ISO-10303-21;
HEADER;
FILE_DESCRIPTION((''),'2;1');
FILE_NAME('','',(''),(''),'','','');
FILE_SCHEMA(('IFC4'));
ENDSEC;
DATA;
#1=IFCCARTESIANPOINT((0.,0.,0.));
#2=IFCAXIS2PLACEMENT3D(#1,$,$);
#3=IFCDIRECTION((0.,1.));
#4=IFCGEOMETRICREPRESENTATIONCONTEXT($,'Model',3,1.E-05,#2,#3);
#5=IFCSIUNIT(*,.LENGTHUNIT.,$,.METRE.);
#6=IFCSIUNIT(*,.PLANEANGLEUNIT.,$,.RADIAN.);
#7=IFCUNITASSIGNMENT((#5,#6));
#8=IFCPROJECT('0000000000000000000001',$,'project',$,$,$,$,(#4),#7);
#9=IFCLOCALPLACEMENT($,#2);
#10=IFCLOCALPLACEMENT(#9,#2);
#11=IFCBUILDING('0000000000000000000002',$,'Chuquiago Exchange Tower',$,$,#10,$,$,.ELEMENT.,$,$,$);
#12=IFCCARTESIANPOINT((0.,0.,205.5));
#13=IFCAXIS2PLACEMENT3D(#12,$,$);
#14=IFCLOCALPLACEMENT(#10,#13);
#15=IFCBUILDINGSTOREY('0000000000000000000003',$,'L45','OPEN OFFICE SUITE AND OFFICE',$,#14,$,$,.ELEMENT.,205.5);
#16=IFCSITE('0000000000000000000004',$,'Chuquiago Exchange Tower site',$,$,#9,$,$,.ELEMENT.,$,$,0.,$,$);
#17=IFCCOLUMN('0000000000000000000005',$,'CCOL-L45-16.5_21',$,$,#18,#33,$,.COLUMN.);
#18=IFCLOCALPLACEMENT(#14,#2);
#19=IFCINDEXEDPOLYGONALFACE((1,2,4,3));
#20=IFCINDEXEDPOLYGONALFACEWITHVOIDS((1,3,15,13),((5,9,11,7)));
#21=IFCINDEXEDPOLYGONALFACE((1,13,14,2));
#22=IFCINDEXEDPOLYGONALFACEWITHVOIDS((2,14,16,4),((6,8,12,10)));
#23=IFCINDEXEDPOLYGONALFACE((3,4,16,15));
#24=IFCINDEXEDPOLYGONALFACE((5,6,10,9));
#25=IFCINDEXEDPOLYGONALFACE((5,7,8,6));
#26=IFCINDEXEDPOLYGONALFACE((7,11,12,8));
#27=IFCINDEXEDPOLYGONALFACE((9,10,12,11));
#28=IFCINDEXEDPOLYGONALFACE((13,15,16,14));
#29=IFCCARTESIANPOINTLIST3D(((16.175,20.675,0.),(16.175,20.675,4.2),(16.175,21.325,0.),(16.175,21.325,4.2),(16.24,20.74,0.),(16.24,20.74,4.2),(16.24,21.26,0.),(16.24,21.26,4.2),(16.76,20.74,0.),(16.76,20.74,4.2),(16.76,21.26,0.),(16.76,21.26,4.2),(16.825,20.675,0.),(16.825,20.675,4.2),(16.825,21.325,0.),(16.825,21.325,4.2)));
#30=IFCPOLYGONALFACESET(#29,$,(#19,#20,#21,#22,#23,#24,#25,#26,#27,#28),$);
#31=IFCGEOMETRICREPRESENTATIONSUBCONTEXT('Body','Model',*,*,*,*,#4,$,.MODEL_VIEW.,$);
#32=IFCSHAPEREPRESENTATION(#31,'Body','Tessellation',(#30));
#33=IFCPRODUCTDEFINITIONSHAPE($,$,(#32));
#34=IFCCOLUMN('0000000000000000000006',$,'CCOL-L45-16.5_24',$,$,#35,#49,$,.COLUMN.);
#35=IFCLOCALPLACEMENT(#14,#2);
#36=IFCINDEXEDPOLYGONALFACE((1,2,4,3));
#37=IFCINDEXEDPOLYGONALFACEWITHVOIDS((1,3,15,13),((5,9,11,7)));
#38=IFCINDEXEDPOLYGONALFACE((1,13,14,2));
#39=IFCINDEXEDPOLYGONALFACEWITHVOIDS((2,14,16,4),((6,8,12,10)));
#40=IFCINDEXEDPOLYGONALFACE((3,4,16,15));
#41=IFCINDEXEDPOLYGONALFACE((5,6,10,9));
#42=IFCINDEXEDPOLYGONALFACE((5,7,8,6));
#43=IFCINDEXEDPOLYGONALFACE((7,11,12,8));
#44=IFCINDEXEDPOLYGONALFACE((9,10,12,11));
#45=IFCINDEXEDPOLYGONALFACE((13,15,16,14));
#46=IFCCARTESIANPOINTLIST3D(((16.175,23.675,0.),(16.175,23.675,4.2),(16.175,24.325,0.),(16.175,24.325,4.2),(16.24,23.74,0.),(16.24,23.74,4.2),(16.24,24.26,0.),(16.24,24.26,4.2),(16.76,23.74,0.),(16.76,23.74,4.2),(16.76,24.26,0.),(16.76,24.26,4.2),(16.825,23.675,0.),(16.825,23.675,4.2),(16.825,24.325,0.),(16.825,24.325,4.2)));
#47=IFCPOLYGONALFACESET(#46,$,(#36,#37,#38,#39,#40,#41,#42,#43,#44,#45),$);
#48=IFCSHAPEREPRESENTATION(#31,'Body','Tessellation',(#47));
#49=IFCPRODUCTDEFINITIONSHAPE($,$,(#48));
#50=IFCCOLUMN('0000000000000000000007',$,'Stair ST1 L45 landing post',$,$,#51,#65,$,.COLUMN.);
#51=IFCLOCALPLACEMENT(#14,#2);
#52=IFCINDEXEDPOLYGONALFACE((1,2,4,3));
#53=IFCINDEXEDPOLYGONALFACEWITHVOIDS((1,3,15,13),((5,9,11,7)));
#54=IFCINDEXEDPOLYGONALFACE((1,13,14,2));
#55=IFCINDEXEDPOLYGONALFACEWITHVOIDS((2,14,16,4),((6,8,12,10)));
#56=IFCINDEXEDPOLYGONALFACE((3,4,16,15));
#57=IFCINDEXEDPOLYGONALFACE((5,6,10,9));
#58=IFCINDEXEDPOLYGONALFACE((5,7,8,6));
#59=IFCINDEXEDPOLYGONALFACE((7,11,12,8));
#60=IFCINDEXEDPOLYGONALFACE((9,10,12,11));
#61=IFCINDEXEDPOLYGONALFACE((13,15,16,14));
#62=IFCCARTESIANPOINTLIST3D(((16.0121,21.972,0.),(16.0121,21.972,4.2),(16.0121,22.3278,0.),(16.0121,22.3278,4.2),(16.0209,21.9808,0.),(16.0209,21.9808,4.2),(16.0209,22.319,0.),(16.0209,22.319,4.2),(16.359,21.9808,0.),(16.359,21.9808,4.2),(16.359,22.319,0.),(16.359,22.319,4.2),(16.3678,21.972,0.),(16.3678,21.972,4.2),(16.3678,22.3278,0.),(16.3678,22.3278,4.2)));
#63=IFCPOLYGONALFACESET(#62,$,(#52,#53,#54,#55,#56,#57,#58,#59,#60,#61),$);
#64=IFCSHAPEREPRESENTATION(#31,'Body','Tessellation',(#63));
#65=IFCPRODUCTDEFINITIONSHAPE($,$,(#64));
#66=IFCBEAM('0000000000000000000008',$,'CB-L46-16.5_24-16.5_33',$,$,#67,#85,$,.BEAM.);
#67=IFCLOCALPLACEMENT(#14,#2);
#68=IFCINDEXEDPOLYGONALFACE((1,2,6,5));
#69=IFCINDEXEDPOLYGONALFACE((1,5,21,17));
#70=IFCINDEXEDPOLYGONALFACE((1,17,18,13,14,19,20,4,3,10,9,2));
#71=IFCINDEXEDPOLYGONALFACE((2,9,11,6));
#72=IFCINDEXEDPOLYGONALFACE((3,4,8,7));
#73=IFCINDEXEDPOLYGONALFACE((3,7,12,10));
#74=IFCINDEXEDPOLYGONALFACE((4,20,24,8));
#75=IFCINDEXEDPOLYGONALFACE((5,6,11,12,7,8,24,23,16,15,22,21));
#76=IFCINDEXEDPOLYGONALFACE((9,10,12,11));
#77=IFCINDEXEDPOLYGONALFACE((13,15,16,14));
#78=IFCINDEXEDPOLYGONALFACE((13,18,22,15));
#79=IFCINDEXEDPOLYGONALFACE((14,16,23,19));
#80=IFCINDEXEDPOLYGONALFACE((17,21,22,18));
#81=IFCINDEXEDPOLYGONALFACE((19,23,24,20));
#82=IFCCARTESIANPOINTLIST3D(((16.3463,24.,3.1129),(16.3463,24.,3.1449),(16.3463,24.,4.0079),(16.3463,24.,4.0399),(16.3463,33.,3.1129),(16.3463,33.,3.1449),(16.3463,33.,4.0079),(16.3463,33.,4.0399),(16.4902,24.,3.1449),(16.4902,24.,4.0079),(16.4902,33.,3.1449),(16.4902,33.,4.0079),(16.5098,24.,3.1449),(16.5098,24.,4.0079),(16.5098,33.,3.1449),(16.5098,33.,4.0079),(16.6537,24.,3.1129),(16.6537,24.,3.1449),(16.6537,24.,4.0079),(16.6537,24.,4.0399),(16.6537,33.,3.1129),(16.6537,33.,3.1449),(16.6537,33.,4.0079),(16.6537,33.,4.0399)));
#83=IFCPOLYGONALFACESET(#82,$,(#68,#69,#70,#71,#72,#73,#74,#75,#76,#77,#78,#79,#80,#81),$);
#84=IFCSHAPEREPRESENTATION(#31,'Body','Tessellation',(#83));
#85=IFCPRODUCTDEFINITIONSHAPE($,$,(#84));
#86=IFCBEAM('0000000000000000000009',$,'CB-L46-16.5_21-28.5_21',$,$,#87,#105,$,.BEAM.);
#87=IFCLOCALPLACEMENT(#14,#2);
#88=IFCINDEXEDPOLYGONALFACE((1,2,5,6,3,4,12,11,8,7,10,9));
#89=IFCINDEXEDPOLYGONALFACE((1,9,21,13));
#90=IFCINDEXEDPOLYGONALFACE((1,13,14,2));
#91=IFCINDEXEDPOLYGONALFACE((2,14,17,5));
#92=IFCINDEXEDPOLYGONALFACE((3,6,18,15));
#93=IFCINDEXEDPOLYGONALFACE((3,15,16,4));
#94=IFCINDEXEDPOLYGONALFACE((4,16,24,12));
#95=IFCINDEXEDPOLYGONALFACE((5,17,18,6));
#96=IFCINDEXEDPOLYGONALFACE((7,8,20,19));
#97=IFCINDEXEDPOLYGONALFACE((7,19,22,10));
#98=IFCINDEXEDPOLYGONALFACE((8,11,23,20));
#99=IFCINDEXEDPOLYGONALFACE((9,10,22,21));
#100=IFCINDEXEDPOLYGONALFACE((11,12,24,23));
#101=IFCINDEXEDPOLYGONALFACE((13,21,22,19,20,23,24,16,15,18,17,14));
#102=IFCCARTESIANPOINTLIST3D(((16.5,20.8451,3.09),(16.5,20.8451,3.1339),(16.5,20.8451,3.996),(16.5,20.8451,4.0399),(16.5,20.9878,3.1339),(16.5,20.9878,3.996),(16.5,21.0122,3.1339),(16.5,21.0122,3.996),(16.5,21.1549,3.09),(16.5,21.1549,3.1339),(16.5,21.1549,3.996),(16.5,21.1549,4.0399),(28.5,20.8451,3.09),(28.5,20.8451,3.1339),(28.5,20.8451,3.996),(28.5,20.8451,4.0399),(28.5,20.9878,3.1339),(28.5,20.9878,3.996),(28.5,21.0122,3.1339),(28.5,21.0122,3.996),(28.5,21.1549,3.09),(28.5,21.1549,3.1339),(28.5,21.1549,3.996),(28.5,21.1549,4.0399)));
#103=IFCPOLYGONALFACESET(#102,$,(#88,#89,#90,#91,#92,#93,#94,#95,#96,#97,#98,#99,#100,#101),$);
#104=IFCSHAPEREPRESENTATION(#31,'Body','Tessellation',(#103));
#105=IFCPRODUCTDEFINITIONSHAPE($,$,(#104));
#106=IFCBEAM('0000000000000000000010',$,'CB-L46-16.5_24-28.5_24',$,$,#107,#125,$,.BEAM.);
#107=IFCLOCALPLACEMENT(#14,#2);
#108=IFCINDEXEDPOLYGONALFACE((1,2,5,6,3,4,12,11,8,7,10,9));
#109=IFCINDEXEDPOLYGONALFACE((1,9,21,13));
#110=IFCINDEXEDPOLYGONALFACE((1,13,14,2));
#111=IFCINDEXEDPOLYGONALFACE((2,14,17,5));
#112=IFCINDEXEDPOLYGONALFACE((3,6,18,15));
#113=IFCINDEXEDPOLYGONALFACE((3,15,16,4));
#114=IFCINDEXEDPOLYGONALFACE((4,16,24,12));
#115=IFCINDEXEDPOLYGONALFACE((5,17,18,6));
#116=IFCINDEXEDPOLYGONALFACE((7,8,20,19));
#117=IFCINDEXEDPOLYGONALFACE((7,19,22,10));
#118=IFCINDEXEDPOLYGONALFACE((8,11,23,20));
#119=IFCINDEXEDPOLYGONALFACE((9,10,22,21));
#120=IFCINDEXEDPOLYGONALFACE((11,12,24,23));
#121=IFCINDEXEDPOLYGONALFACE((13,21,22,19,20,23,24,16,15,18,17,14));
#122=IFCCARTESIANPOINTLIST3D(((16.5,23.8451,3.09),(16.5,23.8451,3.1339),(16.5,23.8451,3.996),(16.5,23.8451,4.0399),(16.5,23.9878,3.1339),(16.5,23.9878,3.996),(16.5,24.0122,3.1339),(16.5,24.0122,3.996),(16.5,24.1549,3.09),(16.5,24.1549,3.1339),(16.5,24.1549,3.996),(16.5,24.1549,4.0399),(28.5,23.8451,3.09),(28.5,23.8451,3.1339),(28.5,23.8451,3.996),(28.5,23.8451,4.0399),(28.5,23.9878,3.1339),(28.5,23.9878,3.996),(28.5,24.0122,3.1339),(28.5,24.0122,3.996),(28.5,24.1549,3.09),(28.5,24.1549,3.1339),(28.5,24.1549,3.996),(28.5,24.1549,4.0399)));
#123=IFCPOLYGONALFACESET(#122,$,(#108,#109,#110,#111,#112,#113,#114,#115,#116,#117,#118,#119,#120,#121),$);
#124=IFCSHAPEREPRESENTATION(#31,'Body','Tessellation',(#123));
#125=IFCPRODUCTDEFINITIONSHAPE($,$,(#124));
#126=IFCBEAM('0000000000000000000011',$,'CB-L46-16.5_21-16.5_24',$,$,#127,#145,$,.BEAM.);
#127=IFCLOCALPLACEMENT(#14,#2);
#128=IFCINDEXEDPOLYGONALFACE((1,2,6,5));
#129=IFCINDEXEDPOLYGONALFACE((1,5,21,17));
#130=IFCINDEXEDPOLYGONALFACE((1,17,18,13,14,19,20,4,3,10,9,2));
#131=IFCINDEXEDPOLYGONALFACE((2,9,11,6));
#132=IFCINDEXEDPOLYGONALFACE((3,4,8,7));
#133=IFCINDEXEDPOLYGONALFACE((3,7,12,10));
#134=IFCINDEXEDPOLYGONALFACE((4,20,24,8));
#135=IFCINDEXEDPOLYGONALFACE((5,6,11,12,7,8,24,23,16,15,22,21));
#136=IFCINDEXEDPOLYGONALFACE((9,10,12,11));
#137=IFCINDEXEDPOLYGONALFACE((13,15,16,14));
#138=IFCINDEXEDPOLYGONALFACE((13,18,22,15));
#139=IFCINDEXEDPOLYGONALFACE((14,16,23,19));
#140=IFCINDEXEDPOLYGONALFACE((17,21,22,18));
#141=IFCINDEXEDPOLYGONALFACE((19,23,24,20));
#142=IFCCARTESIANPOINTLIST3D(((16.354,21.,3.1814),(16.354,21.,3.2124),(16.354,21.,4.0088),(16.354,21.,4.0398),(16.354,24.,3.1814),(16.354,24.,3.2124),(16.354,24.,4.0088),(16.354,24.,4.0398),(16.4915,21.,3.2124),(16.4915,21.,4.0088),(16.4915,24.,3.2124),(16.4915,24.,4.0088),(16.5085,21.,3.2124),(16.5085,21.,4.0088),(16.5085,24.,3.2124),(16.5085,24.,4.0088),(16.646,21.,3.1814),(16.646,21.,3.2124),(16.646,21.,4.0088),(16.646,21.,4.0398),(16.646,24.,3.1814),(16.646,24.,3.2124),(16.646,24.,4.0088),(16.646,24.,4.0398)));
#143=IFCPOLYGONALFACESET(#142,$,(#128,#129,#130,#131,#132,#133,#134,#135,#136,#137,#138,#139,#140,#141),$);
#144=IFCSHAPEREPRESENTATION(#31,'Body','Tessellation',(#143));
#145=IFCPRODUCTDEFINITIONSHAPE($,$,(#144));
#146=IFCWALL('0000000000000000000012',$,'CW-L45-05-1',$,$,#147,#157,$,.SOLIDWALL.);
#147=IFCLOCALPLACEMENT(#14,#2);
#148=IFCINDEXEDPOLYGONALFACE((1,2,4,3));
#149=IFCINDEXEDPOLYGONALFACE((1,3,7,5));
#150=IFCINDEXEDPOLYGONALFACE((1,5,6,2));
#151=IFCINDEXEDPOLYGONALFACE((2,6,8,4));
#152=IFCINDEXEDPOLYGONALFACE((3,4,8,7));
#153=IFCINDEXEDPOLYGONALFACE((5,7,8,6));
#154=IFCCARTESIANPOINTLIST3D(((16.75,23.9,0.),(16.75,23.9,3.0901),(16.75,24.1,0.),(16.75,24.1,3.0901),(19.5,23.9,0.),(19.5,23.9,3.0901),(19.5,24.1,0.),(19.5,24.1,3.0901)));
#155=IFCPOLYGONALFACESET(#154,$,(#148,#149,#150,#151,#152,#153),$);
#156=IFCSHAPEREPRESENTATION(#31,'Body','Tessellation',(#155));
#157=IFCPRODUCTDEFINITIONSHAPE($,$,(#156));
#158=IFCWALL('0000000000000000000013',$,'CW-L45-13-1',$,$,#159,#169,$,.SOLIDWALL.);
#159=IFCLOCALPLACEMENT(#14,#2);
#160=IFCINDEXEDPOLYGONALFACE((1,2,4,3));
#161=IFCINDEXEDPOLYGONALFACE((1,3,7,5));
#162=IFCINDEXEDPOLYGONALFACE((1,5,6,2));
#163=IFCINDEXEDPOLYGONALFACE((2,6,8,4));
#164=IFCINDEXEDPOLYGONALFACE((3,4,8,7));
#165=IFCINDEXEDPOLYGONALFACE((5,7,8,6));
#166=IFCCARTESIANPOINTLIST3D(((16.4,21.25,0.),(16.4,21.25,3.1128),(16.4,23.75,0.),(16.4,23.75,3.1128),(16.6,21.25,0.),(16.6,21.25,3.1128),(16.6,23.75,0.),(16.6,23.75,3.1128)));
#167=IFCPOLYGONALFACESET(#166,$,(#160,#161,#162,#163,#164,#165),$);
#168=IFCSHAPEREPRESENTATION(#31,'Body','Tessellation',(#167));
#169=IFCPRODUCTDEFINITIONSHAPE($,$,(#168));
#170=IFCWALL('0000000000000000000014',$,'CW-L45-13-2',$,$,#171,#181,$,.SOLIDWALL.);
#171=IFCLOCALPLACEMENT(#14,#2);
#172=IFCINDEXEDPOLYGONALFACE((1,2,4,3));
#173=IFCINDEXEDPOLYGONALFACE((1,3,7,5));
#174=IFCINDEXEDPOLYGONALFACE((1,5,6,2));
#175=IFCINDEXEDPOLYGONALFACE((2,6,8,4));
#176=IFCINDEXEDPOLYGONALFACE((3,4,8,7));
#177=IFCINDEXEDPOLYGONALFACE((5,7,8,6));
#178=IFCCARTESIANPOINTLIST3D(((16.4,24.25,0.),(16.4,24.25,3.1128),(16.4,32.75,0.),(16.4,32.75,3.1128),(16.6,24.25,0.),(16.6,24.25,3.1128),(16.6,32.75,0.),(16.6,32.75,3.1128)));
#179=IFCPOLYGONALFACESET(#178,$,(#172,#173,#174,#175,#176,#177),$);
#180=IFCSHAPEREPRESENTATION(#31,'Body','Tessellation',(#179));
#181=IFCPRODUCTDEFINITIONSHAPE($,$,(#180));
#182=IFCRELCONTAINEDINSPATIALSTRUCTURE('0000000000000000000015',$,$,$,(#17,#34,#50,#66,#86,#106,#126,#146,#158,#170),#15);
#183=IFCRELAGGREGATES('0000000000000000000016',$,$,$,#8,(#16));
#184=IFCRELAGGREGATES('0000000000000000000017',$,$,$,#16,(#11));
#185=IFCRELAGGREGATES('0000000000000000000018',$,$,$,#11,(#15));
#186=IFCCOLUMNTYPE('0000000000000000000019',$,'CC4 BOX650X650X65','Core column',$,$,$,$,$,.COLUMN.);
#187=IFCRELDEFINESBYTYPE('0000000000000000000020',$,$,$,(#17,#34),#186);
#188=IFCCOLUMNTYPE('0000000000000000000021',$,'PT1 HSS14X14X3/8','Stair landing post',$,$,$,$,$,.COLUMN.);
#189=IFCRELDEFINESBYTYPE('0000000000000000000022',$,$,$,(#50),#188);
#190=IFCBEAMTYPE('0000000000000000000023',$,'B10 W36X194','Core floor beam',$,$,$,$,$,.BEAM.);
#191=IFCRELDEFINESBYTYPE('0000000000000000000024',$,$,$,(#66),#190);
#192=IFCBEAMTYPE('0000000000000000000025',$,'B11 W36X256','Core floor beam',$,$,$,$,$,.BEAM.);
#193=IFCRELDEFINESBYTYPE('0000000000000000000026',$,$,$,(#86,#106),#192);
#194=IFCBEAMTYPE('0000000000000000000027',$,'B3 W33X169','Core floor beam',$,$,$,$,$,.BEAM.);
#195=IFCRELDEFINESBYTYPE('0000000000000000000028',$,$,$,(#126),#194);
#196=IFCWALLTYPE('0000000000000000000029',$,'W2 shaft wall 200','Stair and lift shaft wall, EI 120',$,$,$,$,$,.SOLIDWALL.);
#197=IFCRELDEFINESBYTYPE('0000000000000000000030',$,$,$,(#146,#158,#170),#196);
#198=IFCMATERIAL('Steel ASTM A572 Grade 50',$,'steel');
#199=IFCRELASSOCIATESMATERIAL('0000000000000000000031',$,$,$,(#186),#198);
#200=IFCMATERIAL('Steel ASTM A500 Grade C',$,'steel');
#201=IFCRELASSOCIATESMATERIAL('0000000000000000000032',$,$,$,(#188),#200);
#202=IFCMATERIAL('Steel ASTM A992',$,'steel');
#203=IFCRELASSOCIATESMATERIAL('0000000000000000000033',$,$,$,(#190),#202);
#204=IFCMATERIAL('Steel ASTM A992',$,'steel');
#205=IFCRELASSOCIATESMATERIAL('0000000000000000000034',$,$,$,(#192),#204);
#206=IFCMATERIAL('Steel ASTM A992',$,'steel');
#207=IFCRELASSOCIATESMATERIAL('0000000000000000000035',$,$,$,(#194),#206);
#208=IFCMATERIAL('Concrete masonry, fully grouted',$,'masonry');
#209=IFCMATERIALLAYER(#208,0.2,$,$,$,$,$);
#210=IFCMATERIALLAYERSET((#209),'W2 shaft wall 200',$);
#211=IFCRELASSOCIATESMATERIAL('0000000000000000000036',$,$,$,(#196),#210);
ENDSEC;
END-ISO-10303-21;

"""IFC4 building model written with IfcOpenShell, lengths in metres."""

from ifc_helpers import new_model, si_unit, direction, frame, frame_2d, origin, origin_2d, place, context, subcontext, project, spatial, rectangle, hollow_rectangle, i_section, extrude, material, layer, layer_set, material_profile, profile_set, type_object, element, save


model = new_model("IFC4")

# Units and contexts
model_context = context("Model", 3, precision=1e-05, world=origin(), true_north=direction((0.0, 1.0)))
body_context = subcontext(model_context, "Body", "Model", "MODEL_VIEW")
ifc_project = project(units=[si_unit("LENGTHUNIT", "METRE"), si_unit("PLANEANGLEUNIT", "RADIAN")], contexts=[model_context])

# Site, building, storey
site_placement = place(None, origin())
site = spatial("IfcSite", under=ifc_project, at=site_placement, Name="Chuquiago Exchange Tower site", CompositionType="ELEMENT", RefElevation=0.0)
building_placement = place(site_placement, origin())
building = spatial("IfcBuilding", under=site, at=building_placement, Name="Chuquiago Exchange Tower", CompositionType="ELEMENT")
storey_placement = place(building_placement, frame((0.0, 0.0, 205.5)))
storey = spatial("IfcBuildingStorey", under=building, at=storey_placement, Name="L45", Description="OPEN OFFICE SUITE AND OFFICE", CompositionType="ELEMENT", Elevation=205.5)

# Columns
ifc_material_1 = material(Name="Steel ASTM A572 Grade 50", Category="steel")
ifc_material_profile_1 = material_profile(ifc_material_1, hollow_rectangle(XDim=0.6499, YDim=0.6499, WallThickness=0.0649, at=origin_2d()), Name="BOX650X650X65")
ifc_profile_set_1 = profile_set([ifc_material_profile_1], Name="Steel ASTM A572 Grade 50")
column_type_1 = type_object("IfcColumnType", Name="CC4 BOX650X650X65", Description="Core column", PredefinedType="COLUMN", material=ifc_profile_set_1)
for number, where, z_axis, x_axis, name in (
    (1, (16.5, 21.0, 0.0), (0.0, 0.0, 1.0), (1.0, 0.0, 0.0), "CCOL-L45-16.5_21"),
    (2, (16.5, 24.0, 0.0), (0.0, 0.0, 1.0), (1.0, 0.0, 0.0), "CCOL-L45-16.5_24"),
):
    element("IfcColumn", number, at=place(storey_placement, frame(where, z_axis=z_axis, x_axis=x_axis)), inside=storey, type_object=column_type_1, Name=name, PredefinedType="COLUMN", context=body_context, shape_type="SweptSolid", body=[
        extrude(hollow_rectangle(XDim=0.6499, YDim=0.6499, WallThickness=0.0649, at=origin_2d()), origin(), (0.0, 0.0, 1.0), 4.2),
    ])
ifc_material_2 = material(Name="Steel ASTM A500 Grade C", Category="steel")
ifc_material_profile_2 = material_profile(ifc_material_2, hollow_rectangle(XDim=0.3557, YDim=0.3557, WallThickness=0.0088, at=origin_2d()), Name="HSS14X14X3/8")
ifc_profile_set_2 = profile_set([ifc_material_profile_2], Name="Steel ASTM A500 Grade C")
column_type_2 = type_object("IfcColumnType", Name="PT1 HSS14X14X3/8", Description="Stair landing post", PredefinedType="COLUMN", material=ifc_profile_set_2)
column_placement = place(storey_placement, frame((16.1899, 22.1499, 0.0), z_axis=(0.0, 0.0, 1.0), x_axis=(1.0, 0.0, 0.0)))
element("IfcColumn", 3, at=column_placement, inside=storey, type_object=column_type_2, Name="Stair ST1 L45 landing post", PredefinedType="COLUMN", context=body_context, shape_type="SweptSolid", body=[
    extrude(hollow_rectangle(XDim=0.3557, YDim=0.3557, WallThickness=0.0088, at=origin_2d()), origin(), (0.0, 0.0, 1.0), 4.2),
])

# Beams
ifc_material_3 = material(Name="Steel ASTM A992", Category="steel")
ifc_material_profile_3 = material_profile(ifc_material_3, i_section(OverallWidth=0.3074, OverallDepth=0.927, WebThickness=0.0195, FlangeThickness=0.032, at=origin_2d()), Name="W36X194")
ifc_profile_set_3 = profile_set([ifc_material_profile_3], Name="Steel ASTM A992")
beam_type_1 = type_object("IfcBeamType", Name="B10 W36X194", Description="Core floor beam", PredefinedType="BEAM", material=ifc_profile_set_3)
beam_1_placement = place(storey_placement, frame((16.5, 24.0, 3.5764), z_axis=(0.0, 1.0, 0.0), x_axis=(-1.0, 0.0, 0.0)))
element("IfcBeam", 4, at=beam_1_placement, inside=storey, type_object=beam_type_1, Name="CB-L46-16.5_24-16.5_33", PredefinedType="BEAM", context=body_context, shape_type="SweptSolid", body=[
    extrude(i_section(OverallWidth=0.3074, OverallDepth=0.927, WebThickness=0.0195, FlangeThickness=0.032, at=origin_2d()), origin(), (0.0, 0.0, 1.0), 9.0),
])
ifc_material_4 = material(Name="Steel ASTM A992", Category="steel")
ifc_material_profile_4 = material_profile(ifc_material_4, i_section(OverallWidth=0.3098, OverallDepth=0.95, WebThickness=0.0244, FlangeThickness=0.0439, at=origin_2d()), Name="W36X256")
ifc_profile_set_4 = profile_set([ifc_material_profile_4], Name="Steel ASTM A992")
beam_type_2 = type_object("IfcBeamType", Name="B11 W36X256", Description="Core floor beam", PredefinedType="BEAM", material=ifc_profile_set_4)
for number, where, z_axis, x_axis, name in (
    (5, (16.5, 21.0, 3.5649), (1.0, 0.0, 0.0), (0.0, 1.0, 0.0), "CB-L46-16.5_21-28.5_21"),
    (6, (16.5, 24.0, 3.5649), (1.0, 0.0, 0.0), (0.0, 1.0, 0.0), "CB-L46-16.5_24-28.5_24"),
):
    element("IfcBeam", number, at=place(storey_placement, frame(where, z_axis=z_axis, x_axis=x_axis)), inside=storey, type_object=beam_type_2, Name=name, PredefinedType="BEAM", context=body_context, shape_type="SweptSolid", body=[
        extrude(i_section(OverallWidth=0.3098, OverallDepth=0.95, WebThickness=0.0244, FlangeThickness=0.0439, at=origin_2d()), origin(), (0.0, 0.0, 1.0), 12.0),
    ])
ifc_material_5 = material(Name="Steel ASTM A992", Category="steel")
ifc_material_profile_5 = material_profile(ifc_material_5, i_section(OverallWidth=0.292, OverallDepth=0.8584, WebThickness=0.0171, FlangeThickness=0.031, at=origin_2d()), Name="W33X169")
ifc_profile_set_5 = profile_set([ifc_material_profile_5], Name="Steel ASTM A992")
beam_type_3 = type_object("IfcBeamType", Name="B3 W33X169", Description="Core floor beam", PredefinedType="BEAM", material=ifc_profile_set_5)
beam_2_placement = place(storey_placement, frame((16.5, 21.0, 3.6106), z_axis=(0.0, 1.0, 0.0), x_axis=(-1.0, 0.0, 0.0)))
element("IfcBeam", 7, at=beam_2_placement, inside=storey, type_object=beam_type_3, Name="CB-L46-16.5_21-16.5_24", PredefinedType="BEAM", context=body_context, shape_type="SweptSolid", body=[
    extrude(i_section(OverallWidth=0.292, OverallDepth=0.8584, WebThickness=0.0171, FlangeThickness=0.031, at=origin_2d()), origin(), (0.0, 0.0, 1.0), 3.0),
])

# Walls
ifc_material_6 = material(Name="Concrete masonry, fully grouted", Category="masonry")
ifc_layer = layer(ifc_material_6, 0.2)
ifc_layer_set = layer_set([ifc_layer], Name="W2 shaft wall 200")
wall_type = type_object("IfcWallType", Name="W2 shaft wall 200", Description="Stair and lift shaft wall, EI 120", PredefinedType="SOLIDWALL", material=ifc_layer_set)
wall_1_placement = place(storey_placement, frame((16.75, 24.0, 0.0), z_axis=(0.0, 0.0, 1.0), x_axis=(1.0, 0.0, 0.0)))
element("IfcWall", 8, at=wall_1_placement, inside=storey, type_object=wall_type, Name="CW-L45-05-1", PredefinedType="SOLIDWALL", context=body_context, shape_type="SweptSolid", body=[
    extrude(rectangle(XDim=2.75, YDim=0.2, at=frame_2d((1.375, 0.0))), origin(), (0.0, 0.0, 1.0), 3.0901),
])
wall_2_placement = place(storey_placement, frame((16.5, 21.25, 0.0), z_axis=(0.0, 0.0, 1.0), x_axis=(0.0, 1.0, 0.0)))
element("IfcWall", 9, at=wall_2_placement, inside=storey, type_object=wall_type, Name="CW-L45-13-1", PredefinedType="SOLIDWALL", context=body_context, shape_type="SweptSolid", body=[
    extrude(rectangle(XDim=2.5, YDim=0.2, at=frame_2d((1.25, 0.0))), origin(), (0.0, 0.0, 1.0), 3.1128),
])
wall_3_placement = place(storey_placement, frame((16.5, 24.25, 0.0), z_axis=(0.0, 0.0, 1.0), x_axis=(0.0, 1.0, 0.0)))
element("IfcWall", 10, at=wall_3_placement, inside=storey, type_object=wall_type, Name="CW-L45-13-2", PredefinedType="SOLIDWALL", context=body_context, shape_type="SweptSolid", body=[
    extrude(rectangle(XDim=8.5, YDim=0.2, at=frame_2d((4.25, 0.0))), origin(), (0.0, 0.0, 1.0), 3.1128),
])

save(model, "model.ifc")
